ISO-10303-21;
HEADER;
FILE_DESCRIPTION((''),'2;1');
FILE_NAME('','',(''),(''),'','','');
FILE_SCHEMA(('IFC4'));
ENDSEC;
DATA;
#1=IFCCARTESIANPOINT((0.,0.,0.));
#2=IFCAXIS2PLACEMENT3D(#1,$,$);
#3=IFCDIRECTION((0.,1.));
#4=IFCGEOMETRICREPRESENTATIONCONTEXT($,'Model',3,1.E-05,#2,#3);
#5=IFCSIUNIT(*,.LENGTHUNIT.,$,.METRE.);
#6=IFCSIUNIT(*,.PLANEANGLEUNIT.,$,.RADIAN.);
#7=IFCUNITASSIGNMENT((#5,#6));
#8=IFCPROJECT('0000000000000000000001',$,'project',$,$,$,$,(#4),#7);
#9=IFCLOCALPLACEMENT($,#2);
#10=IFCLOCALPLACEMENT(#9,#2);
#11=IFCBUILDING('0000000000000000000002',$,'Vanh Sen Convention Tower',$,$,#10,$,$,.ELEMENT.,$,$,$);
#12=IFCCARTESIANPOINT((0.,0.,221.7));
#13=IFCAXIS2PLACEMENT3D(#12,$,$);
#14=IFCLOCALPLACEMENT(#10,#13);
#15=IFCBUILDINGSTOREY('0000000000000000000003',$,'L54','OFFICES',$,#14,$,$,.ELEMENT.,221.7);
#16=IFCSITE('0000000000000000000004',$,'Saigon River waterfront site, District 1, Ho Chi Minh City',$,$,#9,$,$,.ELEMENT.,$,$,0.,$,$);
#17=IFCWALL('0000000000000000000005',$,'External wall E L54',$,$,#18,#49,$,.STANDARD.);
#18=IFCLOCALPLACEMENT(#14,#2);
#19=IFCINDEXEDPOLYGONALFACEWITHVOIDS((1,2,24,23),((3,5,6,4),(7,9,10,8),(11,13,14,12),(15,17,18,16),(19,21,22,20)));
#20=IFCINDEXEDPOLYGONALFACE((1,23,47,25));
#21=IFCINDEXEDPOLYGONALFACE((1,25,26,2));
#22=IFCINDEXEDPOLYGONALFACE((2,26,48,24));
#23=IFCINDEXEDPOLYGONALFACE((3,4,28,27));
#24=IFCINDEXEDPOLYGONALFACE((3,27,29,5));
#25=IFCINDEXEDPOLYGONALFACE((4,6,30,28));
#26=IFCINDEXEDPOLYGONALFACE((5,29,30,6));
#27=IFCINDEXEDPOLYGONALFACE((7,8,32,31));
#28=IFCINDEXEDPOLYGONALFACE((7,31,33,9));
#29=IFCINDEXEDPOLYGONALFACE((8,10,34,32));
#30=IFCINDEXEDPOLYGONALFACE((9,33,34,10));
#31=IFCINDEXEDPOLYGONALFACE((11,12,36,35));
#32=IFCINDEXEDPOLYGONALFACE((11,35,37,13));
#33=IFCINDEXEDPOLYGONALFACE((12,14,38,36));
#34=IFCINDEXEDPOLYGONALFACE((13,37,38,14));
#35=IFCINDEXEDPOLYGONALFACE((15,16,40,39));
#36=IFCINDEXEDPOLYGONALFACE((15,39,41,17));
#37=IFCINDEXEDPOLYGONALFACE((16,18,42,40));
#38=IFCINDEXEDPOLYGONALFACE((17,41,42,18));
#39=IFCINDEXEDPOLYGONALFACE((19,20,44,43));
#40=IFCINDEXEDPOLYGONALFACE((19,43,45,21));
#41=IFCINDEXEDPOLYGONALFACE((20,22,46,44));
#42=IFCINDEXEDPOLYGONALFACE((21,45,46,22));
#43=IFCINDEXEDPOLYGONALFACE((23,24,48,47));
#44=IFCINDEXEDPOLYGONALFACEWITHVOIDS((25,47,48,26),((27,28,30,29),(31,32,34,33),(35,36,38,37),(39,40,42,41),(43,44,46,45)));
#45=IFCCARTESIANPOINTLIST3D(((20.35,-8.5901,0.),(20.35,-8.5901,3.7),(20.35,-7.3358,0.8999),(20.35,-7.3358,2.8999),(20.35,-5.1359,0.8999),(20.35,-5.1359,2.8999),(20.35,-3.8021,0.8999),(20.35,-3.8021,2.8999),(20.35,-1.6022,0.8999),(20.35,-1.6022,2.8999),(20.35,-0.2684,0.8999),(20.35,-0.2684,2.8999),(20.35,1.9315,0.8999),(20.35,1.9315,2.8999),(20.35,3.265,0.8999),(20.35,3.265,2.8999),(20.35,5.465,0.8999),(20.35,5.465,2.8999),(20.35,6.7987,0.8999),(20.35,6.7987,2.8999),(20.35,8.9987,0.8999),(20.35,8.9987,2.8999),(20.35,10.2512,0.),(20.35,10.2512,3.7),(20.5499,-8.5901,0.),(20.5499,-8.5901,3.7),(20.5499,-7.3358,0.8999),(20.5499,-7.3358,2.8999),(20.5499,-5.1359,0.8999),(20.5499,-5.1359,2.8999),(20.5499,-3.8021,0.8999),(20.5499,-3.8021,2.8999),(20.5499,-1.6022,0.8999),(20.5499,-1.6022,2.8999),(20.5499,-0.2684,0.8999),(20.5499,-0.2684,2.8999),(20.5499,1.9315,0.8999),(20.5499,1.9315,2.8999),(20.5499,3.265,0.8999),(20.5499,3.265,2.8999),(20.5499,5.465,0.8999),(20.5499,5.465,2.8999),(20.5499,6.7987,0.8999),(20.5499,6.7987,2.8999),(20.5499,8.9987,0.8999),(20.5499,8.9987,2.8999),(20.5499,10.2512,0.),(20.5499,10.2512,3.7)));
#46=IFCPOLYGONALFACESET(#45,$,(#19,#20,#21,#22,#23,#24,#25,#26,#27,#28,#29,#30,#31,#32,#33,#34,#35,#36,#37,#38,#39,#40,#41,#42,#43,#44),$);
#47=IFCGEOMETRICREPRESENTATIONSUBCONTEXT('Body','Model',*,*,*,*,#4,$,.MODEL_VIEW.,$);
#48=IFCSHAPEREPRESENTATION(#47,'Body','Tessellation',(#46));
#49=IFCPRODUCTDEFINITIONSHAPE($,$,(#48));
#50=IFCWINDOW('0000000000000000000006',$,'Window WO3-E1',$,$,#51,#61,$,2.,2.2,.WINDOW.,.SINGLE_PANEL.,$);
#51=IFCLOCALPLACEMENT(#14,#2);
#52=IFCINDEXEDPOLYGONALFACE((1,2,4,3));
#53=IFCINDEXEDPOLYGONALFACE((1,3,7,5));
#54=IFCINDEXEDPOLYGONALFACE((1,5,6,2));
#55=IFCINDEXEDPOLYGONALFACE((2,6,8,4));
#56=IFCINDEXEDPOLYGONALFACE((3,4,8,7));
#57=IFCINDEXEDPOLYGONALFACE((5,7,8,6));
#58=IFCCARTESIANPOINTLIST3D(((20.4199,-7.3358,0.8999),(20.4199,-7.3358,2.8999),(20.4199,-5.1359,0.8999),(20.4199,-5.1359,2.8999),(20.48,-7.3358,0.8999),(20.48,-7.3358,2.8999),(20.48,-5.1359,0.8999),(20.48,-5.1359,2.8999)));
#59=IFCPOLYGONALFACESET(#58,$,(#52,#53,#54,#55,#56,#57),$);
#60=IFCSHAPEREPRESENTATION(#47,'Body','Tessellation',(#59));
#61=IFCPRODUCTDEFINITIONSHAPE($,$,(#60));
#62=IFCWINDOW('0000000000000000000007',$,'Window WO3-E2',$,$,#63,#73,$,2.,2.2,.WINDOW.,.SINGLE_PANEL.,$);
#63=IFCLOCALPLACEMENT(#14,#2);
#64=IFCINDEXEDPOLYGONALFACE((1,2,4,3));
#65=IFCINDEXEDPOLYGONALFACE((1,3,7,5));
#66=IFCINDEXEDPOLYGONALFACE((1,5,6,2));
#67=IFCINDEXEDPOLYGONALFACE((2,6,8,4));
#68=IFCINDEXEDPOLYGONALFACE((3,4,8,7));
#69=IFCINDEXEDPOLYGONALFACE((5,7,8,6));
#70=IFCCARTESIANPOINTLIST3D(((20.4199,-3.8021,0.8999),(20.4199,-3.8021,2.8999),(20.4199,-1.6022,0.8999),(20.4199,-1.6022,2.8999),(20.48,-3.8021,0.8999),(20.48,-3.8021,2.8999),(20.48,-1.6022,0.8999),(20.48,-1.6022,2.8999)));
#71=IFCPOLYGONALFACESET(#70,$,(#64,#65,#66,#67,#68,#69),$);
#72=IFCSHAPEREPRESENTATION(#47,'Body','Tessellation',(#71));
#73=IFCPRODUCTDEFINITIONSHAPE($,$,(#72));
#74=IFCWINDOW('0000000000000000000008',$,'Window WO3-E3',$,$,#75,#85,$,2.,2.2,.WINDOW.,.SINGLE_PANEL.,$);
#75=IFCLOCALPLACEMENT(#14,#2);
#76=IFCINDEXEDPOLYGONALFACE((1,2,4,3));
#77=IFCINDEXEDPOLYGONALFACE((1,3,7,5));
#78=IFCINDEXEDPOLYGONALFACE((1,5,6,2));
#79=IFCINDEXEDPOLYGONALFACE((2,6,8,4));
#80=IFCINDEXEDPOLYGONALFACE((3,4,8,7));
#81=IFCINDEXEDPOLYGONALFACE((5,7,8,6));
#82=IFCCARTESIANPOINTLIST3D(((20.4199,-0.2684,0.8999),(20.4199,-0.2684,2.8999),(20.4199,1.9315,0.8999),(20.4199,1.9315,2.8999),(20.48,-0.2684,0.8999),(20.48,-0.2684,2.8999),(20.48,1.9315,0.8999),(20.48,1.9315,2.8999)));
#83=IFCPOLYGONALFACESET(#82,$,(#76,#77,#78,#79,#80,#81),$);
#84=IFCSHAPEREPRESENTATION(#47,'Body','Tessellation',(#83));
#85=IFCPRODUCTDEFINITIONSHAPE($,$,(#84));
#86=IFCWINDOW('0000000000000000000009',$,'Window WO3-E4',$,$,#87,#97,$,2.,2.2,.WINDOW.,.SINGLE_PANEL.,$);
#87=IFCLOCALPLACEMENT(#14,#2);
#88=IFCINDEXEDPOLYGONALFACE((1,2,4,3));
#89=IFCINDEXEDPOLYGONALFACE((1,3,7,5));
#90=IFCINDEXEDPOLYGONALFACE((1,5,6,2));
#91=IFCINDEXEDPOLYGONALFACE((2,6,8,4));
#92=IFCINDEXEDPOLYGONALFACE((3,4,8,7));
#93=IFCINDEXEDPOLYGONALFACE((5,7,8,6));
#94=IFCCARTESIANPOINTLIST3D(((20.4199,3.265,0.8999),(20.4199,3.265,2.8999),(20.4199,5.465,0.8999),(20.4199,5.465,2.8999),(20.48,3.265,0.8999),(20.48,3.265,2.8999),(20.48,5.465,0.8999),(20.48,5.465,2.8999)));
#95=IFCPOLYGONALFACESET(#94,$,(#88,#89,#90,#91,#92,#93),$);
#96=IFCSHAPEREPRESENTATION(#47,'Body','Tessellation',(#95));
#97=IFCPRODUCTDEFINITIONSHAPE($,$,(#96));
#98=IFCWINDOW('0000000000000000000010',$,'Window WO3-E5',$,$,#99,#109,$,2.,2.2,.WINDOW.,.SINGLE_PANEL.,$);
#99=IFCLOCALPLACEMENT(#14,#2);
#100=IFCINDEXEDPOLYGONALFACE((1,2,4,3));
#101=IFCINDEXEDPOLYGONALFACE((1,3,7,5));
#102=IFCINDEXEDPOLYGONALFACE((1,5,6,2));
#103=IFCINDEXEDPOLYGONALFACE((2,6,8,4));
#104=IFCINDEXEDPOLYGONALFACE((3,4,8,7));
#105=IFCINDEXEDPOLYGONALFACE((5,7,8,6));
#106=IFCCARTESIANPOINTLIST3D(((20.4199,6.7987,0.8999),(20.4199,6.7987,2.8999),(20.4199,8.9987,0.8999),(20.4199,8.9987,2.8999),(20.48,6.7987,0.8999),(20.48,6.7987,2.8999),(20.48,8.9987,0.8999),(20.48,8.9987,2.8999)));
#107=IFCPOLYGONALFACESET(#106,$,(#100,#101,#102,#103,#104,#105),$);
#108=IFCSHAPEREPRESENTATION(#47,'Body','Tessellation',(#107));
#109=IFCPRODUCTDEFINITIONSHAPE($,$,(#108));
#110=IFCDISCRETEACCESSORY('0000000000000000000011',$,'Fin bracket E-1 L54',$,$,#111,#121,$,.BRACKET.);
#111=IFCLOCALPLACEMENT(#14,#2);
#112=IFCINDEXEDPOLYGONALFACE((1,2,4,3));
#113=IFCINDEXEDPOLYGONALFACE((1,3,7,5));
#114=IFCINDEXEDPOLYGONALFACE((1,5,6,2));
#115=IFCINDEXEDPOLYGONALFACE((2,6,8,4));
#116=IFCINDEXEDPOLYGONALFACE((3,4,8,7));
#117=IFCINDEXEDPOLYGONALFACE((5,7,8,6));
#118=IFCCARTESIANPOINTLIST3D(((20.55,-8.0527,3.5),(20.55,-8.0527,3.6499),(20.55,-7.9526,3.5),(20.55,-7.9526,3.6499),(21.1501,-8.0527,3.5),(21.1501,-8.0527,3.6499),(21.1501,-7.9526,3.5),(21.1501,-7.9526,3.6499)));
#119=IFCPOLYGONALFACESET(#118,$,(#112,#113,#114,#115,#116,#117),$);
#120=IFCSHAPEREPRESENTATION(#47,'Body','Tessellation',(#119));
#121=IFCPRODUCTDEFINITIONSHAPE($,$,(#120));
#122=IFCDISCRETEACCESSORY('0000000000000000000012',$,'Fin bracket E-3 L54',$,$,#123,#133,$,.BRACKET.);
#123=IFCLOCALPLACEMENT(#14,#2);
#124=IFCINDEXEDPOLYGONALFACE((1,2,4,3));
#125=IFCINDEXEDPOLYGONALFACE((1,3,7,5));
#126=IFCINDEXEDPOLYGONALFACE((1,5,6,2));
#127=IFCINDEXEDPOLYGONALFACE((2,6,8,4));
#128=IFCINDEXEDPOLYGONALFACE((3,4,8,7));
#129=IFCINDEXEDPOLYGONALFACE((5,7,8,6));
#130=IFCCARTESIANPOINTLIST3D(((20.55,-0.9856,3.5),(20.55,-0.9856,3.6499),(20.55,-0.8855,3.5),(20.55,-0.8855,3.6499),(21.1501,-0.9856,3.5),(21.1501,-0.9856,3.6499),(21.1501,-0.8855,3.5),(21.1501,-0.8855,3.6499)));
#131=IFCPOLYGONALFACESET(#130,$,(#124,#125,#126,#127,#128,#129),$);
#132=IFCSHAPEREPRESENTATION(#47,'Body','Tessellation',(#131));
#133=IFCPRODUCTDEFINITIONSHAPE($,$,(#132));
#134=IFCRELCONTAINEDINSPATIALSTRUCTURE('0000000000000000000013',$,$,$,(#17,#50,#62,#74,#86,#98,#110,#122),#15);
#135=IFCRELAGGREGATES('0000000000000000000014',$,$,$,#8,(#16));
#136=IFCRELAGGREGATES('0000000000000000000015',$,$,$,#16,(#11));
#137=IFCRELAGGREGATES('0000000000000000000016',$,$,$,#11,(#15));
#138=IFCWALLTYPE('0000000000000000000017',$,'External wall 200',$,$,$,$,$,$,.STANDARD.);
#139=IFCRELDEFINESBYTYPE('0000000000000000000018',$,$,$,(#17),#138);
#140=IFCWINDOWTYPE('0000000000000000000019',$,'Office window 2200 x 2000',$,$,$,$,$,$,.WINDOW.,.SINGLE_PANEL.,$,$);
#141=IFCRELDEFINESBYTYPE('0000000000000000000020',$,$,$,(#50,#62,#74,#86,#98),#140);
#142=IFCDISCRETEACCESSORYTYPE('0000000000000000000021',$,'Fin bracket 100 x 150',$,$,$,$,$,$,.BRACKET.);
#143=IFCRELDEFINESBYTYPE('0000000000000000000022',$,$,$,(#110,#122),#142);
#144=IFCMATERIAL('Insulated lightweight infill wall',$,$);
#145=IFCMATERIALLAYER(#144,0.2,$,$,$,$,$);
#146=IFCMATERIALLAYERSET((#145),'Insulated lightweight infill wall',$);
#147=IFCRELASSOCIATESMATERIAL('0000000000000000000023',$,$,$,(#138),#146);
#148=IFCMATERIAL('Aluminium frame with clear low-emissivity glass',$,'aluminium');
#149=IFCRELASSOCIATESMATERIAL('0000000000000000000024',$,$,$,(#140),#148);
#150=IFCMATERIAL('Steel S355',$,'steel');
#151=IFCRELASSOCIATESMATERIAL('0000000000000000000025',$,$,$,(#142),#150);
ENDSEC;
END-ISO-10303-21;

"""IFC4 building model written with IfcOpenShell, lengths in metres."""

from ifc_helpers import new_model, si_unit, direction, frame, frame_2d, origin, origin_2d, place, context, subcontext, project, spatial, rectangle, extrude, material, layer, layer_set, type_object, element, fill, save


model = new_model("IFC4")

# Units and contexts
model_context = context("Model", 3, precision=1e-05, world=origin(), true_north=direction((0.0, 1.0)))
body_context = subcontext(model_context, "Body", "Model", "MODEL_VIEW")
ifc_project = project(units=[si_unit("LENGTHUNIT", "METRE"), si_unit("PLANEANGLEUNIT", "RADIAN")], contexts=[model_context])

# Site, building, storey
site_placement = place(None, origin())
site = spatial("IfcSite", under=ifc_project, at=site_placement, Name="Saigon River waterfront site, District 1, Ho Chi Minh City", CompositionType="ELEMENT", RefElevation=0.0)
building_placement = place(site_placement, origin())
building = spatial("IfcBuilding", under=site, at=building_placement, Name="Vanh Sen Convention Tower", CompositionType="ELEMENT")
storey_placement = place(building_placement, frame((0.0, 0.0, 221.7)))
storey = spatial("IfcBuildingStorey", under=building, at=storey_placement, Name="L54", Description="OFFICES", CompositionType="ELEMENT", Elevation=221.7)

# Wall, openings, windows
ifc_material_1 = material(Name="Insulated lightweight infill wall")
ifc_layer_1 = layer(ifc_material_1, 0.2)
ifc_layer_set_1 = layer_set([ifc_layer_1], Name="Insulated lightweight infill wall")
wall_type_1 = type_object("IfcWallType", Name="External wall 200", PredefinedType="STANDARD", material=ifc_layer_set_1)
wall_1_placement = place(storey_placement, frame((20.45, -8.5901, 0.0), z_axis=(0.0, 0.0, 1.0), x_axis=(0.0, 1.0, 0.0)))
wall_1 = element("IfcWall", 1, at=wall_1_placement, inside=storey, type_object=wall_type_1, Name="External wall E L54", PredefinedType="STANDARD", context=body_context, shape_type="SweptSolid", body=[
    extrude(rectangle(XDim=18.8413, YDim=0.2, at=frame_2d((9.4207, 0.0))), origin(), (0.0, 0.0, 1.0), 3.7),
])
opening_1_placement = place(wall_1_placement, frame((1.2542, 0.0, 0.8999)))
opening_1 = element("IfcOpeningElement", 2, at=opening_1_placement, cuts=wall_1, PredefinedType="OPENING", context=body_context, shape_type="SweptSolid", body=[
    extrude(rectangle(XDim=2.2, YDim=2.0, at=frame_2d((1.1001, 1.0))), frame((0.0, 0.1099, 0.0), z_axis=(0.0, -1.0, 0.0), x_axis=(1.0, 0.0, 0.0)), (0.0, 0.0, 1.0), 0.22),
])
opening_2_placement = place(wall_1_placement, frame((4.7878, 0.0, 0.8999)))
opening_2 = element("IfcOpeningElement", 3, at=opening_2_placement, cuts=wall_1, PredefinedType="OPENING", context=body_context, shape_type="SweptSolid", body=[
    extrude(rectangle(XDim=2.2, YDim=2.0, at=frame_2d((1.1001, 1.0))), frame((0.0, 0.1099, 0.0), z_axis=(0.0, -1.0, 0.0), x_axis=(1.0, 0.0, 0.0)), (0.0, 0.0, 1.0), 0.22),
])
opening_3_placement = place(wall_1_placement, frame((8.3215, 0.0, 0.8999)))
opening_3 = element("IfcOpeningElement", 4, at=opening_3_placement, cuts=wall_1, PredefinedType="OPENING", context=body_context, shape_type="SweptSolid", body=[
    extrude(rectangle(XDim=2.2, YDim=2.0, at=frame_2d((1.1001, 1.0))), frame((0.0, 0.1099, 0.0), z_axis=(0.0, -1.0, 0.0), x_axis=(1.0, 0.0, 0.0)), (0.0, 0.0, 1.0), 0.22),
])
opening_4_placement = place(wall_1_placement, frame((11.855, 0.0, 0.8999)))
opening_4 = element("IfcOpeningElement", 5, at=opening_4_placement, cuts=wall_1, PredefinedType="OPENING", context=body_context, shape_type="SweptSolid", body=[
    extrude(rectangle(XDim=2.2, YDim=2.0, at=frame_2d((1.1001, 1.0))), frame((0.0, 0.1099, 0.0), z_axis=(0.0, -1.0, 0.0), x_axis=(1.0, 0.0, 0.0)), (0.0, 0.0, 1.0), 0.22),
])
opening_5_placement = place(wall_1_placement, frame((15.3887, 0.0, 0.8999)))
opening_5 = element("IfcOpeningElement", 6, at=opening_5_placement, cuts=wall_1, PredefinedType="OPENING", context=body_context, shape_type="SweptSolid", body=[
    extrude(rectangle(XDim=2.2, YDim=2.0, at=frame_2d((1.1001, 1.0))), frame((0.0, 0.1099, 0.0), z_axis=(0.0, -1.0, 0.0), x_axis=(1.0, 0.0, 0.0)), (0.0, 0.0, 1.0), 0.22),
])
ifc_material_2 = material(Name="Aluminium frame with clear low-emissivity glass", Category="aluminium")
window_type = type_object("IfcWindowType", Name="Office window 2200 x 2000", PartitioningType="SINGLE_PANEL", PredefinedType="WINDOW", material=ifc_material_2)
window_1_placement = place(opening_1_placement, origin())
window_1 = element("IfcWindow", 7, at=window_1_placement, inside=storey, type_object=window_type, Name="Window WO3-E1", OverallHeight=2.0, OverallWidth=2.2, PartitioningType="SINGLE_PANEL", PredefinedType="WINDOW", context=body_context, shape_type="SweptSolid", body=[
    extrude(rectangle(XDim=2.2, YDim=2.0, at=frame_2d((1.1001, 1.0))), frame((0.0, 0.03, 0.0), z_axis=(0.0, -1.0, 0.0), x_axis=(1.0, 0.0, 0.0)), (0.0, 0.0, 1.0), 0.0601),
])
fill(opening_1, window_1)
window_2_placement = place(opening_2_placement, origin())
window_2 = element("IfcWindow", 8, at=window_2_placement, inside=storey, type_object=window_type, Name="Window WO3-E2", OverallHeight=2.0, OverallWidth=2.2, PartitioningType="SINGLE_PANEL", PredefinedType="WINDOW", context=body_context, shape_type="SweptSolid", body=[
    extrude(rectangle(XDim=2.2, YDim=2.0, at=frame_2d((1.1001, 1.0))), frame((0.0, 0.03, 0.0), z_axis=(0.0, -1.0, 0.0), x_axis=(1.0, 0.0, 0.0)), (0.0, 0.0, 1.0), 0.0601),
])
fill(opening_2, window_2)
window_3_placement = place(opening_3_placement, origin())
window_3 = element("IfcWindow", 9, at=window_3_placement, inside=storey, type_object=window_type, Name="Window WO3-E3", OverallHeight=2.0, OverallWidth=2.2, PartitioningType="SINGLE_PANEL", PredefinedType="WINDOW", context=body_context, shape_type="SweptSolid", body=[
    extrude(rectangle(XDim=2.2, YDim=2.0, at=frame_2d((1.1001, 1.0))), frame((0.0, 0.03, 0.0), z_axis=(0.0, -1.0, 0.0), x_axis=(1.0, 0.0, 0.0)), (0.0, 0.0, 1.0), 0.0601),
])
fill(opening_3, window_3)
window_4_placement = place(opening_4_placement, origin())
window_4 = element("IfcWindow", 10, at=window_4_placement, inside=storey, type_object=window_type, Name="Window WO3-E4", OverallHeight=2.0, OverallWidth=2.2, PartitioningType="SINGLE_PANEL", PredefinedType="WINDOW", context=body_context, shape_type="SweptSolid", body=[
    extrude(rectangle(XDim=2.2, YDim=2.0, at=frame_2d((1.1001, 1.0))), frame((0.0, 0.03, 0.0), z_axis=(0.0, -1.0, 0.0), x_axis=(1.0, 0.0, 0.0)), (0.0, 0.0, 1.0), 0.0601),
])
fill(opening_4, window_4)
window_5_placement = place(opening_5_placement, origin())
window_5 = element("IfcWindow", 11, at=window_5_placement, inside=storey, type_object=window_type, Name="Window WO3-E5", OverallHeight=2.0, OverallWidth=2.2, PartitioningType="SINGLE_PANEL", PredefinedType="WINDOW", context=body_context, shape_type="SweptSolid", body=[
    extrude(rectangle(XDim=2.2, YDim=2.0, at=frame_2d((1.1001, 1.0))), frame((0.0, 0.03, 0.0), z_axis=(0.0, -1.0, 0.0), x_axis=(1.0, 0.0, 0.0)), (0.0, 0.0, 1.0), 0.0601),
])
fill(opening_5, window_5)

# Discrete accessories
ifc_material_3 = material(Name="Steel S355", Category="steel")
discrete_accessory_type = type_object("IfcDiscreteAccessoryType", Name="Fin bracket 100 x 150", PredefinedType="BRACKET", material=ifc_material_3)
for number, where, z_axis, x_axis, name in (
    (12, (20.8501, -8.0027, 3.5), (0.0, 0.0, 1.0), (1.0, 0.0, 0.0), "Fin bracket E-1 L54"),
    (13, (20.8501, -0.9355, 3.5), (0.0, 0.0, 1.0), (1.0, 0.0, 0.0), "Fin bracket E-3 L54"),
):
    element("IfcDiscreteAccessory", number, at=place(storey_placement, frame(where, z_axis=z_axis, x_axis=x_axis)), inside=storey, type_object=discrete_accessory_type, Name=name, PredefinedType="BRACKET", context=body_context, shape_type="SweptSolid", body=[
        extrude(rectangle(XDim=0.6001, YDim=0.1001, at=origin_2d()), origin(), (0.0, 0.0, 1.0), 0.1499),
    ])

save(model, "model.ifc")
